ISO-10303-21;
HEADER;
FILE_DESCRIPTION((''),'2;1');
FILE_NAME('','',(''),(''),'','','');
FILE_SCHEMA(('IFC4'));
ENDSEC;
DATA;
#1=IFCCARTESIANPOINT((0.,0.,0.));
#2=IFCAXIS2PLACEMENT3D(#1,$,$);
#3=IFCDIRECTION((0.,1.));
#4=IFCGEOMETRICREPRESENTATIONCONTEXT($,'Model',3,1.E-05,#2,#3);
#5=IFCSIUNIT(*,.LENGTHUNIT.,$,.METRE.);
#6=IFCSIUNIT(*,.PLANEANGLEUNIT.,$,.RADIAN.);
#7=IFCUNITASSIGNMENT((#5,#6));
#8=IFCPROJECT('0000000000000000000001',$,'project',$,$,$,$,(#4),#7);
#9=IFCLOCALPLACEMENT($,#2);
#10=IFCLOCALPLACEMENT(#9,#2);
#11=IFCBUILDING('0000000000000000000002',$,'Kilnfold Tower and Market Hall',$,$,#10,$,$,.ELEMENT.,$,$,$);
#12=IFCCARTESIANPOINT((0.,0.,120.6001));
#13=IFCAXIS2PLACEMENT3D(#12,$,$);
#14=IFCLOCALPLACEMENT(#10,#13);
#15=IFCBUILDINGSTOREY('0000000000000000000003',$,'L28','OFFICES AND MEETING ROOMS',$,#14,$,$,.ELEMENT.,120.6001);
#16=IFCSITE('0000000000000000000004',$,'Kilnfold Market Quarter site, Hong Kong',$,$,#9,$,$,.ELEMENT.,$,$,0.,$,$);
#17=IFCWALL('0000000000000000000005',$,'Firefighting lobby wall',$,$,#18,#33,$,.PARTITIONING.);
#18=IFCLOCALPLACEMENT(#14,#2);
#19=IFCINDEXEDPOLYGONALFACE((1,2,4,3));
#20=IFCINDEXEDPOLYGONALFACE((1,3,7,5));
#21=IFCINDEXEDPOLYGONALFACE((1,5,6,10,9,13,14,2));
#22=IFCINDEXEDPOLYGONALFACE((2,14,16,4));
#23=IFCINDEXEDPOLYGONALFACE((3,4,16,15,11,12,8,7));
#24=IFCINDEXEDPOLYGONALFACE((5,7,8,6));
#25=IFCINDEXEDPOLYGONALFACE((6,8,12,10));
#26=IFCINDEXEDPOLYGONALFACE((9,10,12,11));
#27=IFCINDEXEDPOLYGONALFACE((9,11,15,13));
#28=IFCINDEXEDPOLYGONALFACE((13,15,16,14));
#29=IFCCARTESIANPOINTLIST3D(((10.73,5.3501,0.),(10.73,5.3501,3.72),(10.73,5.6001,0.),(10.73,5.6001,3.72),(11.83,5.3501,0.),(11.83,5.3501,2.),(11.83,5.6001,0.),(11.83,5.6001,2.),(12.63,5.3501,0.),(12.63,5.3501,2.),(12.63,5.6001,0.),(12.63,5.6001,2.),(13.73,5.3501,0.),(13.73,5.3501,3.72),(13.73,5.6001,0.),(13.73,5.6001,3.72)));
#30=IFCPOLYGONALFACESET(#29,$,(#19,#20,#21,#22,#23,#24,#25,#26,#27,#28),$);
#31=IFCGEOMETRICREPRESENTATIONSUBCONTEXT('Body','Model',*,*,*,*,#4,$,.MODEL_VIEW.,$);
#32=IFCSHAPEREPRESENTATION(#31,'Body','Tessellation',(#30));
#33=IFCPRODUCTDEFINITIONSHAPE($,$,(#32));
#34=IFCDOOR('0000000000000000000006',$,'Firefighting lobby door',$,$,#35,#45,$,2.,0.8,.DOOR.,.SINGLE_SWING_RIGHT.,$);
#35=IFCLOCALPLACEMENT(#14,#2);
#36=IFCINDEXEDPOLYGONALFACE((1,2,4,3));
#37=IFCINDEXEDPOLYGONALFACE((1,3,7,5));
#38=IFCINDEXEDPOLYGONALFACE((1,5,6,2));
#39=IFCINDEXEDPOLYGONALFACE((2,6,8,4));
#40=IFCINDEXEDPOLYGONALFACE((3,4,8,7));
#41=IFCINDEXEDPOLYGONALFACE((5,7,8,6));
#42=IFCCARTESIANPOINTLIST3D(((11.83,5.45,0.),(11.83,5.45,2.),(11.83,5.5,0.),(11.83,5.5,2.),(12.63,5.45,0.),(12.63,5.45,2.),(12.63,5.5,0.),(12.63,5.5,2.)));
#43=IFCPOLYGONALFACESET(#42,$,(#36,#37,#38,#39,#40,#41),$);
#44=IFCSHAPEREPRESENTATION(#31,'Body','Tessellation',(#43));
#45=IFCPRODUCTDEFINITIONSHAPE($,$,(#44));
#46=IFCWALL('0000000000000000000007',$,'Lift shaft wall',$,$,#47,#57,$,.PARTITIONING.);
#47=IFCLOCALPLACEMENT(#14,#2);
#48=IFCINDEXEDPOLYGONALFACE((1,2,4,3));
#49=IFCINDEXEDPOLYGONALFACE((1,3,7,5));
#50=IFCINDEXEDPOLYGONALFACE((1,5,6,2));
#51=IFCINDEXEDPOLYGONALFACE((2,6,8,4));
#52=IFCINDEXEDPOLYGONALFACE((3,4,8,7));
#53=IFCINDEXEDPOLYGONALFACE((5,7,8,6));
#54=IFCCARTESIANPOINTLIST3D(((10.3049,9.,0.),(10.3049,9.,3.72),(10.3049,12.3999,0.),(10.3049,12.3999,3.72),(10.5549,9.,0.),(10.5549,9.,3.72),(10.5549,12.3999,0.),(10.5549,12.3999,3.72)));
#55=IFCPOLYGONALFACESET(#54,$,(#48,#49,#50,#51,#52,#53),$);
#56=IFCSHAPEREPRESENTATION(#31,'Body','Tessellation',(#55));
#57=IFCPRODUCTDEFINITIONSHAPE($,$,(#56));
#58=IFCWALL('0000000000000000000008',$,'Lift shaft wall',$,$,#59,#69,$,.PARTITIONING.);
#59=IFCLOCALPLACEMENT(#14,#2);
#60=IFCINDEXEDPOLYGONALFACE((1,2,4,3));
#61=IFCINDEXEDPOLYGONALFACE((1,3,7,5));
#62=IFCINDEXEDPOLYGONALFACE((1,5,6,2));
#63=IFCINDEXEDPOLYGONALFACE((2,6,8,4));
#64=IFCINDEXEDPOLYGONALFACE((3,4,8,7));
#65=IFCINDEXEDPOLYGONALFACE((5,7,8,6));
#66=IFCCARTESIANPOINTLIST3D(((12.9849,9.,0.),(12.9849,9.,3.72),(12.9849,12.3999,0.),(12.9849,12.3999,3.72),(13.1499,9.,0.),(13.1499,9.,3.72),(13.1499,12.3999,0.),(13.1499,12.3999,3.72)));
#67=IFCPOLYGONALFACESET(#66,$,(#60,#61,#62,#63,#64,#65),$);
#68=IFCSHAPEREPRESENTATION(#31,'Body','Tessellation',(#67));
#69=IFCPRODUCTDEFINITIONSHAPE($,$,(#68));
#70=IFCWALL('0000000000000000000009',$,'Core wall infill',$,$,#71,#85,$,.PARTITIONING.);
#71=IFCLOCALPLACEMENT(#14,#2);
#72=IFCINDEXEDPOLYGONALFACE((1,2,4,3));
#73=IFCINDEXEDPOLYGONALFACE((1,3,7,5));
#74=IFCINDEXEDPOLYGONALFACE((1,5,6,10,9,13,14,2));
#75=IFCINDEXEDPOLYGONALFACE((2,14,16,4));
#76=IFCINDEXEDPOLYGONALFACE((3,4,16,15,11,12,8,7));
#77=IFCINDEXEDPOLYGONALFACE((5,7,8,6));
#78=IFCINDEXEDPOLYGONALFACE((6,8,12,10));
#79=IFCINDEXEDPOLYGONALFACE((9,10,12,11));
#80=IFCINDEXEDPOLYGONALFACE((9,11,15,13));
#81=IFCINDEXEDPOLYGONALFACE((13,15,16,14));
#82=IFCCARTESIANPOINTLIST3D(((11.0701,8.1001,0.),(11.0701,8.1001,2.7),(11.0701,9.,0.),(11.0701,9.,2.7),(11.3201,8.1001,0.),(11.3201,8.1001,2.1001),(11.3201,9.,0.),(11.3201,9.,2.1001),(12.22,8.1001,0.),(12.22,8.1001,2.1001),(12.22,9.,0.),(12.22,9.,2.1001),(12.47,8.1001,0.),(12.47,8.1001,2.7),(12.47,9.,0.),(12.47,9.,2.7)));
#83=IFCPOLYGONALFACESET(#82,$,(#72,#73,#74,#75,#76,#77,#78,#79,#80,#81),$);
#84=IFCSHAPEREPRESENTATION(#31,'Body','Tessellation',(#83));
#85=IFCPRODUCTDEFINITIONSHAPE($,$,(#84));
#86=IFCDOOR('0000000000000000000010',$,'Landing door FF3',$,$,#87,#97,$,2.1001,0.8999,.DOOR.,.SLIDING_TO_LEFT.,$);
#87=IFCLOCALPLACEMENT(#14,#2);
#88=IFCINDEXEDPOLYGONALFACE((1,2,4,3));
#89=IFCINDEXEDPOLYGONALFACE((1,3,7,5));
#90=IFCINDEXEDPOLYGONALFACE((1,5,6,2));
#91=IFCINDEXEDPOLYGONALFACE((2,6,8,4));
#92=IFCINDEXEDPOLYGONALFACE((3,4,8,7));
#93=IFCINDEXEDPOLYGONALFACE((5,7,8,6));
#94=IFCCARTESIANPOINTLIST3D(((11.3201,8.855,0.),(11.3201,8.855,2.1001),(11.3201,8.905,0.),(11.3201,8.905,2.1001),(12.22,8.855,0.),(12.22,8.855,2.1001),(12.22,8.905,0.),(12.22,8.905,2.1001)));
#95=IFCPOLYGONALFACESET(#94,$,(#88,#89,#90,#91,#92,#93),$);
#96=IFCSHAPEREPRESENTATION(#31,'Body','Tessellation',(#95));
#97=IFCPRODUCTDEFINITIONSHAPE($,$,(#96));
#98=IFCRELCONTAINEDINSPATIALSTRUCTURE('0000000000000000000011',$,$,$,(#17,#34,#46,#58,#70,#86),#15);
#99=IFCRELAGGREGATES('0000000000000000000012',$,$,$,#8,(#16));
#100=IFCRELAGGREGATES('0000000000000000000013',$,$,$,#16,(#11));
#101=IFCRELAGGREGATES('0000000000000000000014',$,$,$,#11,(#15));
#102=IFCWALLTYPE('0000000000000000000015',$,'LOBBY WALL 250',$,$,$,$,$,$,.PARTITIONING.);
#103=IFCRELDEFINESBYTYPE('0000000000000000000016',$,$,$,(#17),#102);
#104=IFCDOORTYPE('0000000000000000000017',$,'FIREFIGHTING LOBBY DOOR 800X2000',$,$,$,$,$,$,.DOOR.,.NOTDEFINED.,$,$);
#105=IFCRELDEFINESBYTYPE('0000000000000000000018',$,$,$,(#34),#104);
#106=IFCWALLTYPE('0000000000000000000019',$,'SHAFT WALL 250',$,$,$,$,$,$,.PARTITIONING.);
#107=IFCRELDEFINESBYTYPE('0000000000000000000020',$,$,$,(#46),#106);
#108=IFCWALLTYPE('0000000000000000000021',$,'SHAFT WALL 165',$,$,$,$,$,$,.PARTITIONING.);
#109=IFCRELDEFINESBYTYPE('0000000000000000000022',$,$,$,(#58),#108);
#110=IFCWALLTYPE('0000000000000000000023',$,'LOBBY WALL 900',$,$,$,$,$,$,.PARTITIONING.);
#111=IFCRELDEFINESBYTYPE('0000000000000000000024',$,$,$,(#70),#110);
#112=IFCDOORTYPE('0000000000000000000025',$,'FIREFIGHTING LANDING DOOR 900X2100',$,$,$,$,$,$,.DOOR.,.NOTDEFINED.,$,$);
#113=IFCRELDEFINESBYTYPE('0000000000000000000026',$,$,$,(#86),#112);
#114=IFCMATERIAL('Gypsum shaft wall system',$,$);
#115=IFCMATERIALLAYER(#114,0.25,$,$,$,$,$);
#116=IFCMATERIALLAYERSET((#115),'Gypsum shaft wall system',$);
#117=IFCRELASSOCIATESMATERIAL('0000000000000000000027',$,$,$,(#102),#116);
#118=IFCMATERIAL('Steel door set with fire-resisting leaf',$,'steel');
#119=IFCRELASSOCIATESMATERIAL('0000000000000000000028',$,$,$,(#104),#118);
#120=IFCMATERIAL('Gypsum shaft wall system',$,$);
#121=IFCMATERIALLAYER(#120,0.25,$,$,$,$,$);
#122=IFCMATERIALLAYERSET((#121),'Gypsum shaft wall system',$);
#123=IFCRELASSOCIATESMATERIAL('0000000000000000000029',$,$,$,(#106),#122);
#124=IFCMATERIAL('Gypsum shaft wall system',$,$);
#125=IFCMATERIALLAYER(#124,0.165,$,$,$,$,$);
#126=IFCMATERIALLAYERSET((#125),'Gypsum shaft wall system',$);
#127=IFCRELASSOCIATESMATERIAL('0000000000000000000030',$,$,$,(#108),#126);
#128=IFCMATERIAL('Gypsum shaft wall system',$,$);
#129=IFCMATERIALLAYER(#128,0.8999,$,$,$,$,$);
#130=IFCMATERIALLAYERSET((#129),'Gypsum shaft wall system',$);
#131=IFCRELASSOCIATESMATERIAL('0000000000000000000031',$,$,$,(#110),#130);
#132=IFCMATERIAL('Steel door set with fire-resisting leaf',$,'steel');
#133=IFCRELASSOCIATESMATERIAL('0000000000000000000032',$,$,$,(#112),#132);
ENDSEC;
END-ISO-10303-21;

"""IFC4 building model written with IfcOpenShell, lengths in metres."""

from ifc_helpers import new_model, si_unit, direction, frame, frame_2d, origin, place, context, subcontext, project, spatial, rectangle, extrude, source, transform, mapped, material, layer, layer_set, type_object, element, fill, save


model = new_model("IFC4")

# Units and contexts
model_context = context("Model", 3, precision=1e-05, world=origin(), true_north=direction((0.0, 1.0)))
body_context = subcontext(model_context, "Body", "Model", "MODEL_VIEW")
ifc_project = project(units=[si_unit("LENGTHUNIT", "METRE"), si_unit("PLANEANGLEUNIT", "RADIAN")], contexts=[model_context])

# Site, building, storey
site_placement = place(None, origin())
site = spatial("IfcSite", under=ifc_project, at=site_placement, Name="Kilnfold Market Quarter site, Hong Kong", CompositionType="ELEMENT", RefElevation=0.0)
building_placement = place(site_placement, origin())
building = spatial("IfcBuilding", under=site, at=building_placement, Name="Kilnfold Tower and Market Hall", CompositionType="ELEMENT")
storey_placement = place(building_placement, frame((0.0, 0.0, 120.6001)))
storey = spatial("IfcBuildingStorey", under=building, at=storey_placement, Name="L28", Description="OFFICES AND MEETING ROOMS", CompositionType="ELEMENT", Elevation=120.6001)

# Shared definitions
ifc_material_1 = material(Name="Gypsum shaft wall system")
ifc_layer_1 = layer(ifc_material_1, 0.25)
ifc_layer_set_1 = layer_set([ifc_layer_1], Name="Gypsum shaft wall system")
wall_type_1 = type_object("IfcWallType", Name="LOBBY WALL 250", PredefinedType="PARTITIONING", material=ifc_layer_set_1)

# Wall, opening, door
shared_shape_1 = source(origin(), body_context, "Body", "SweptSolid", [
    extrude(rectangle(XDim=3.0, YDim=0.25, at=frame_2d((1.5, 0.0))), origin(), (0.0, 0.0, 1.0), 3.72),
])
wall_1_placement = place(storey_placement, frame((10.73, 5.4751, 0.0), z_axis=(0.0, 0.0, 1.0), x_axis=(1.0, 0.0, 0.0)))
wall_1 = element("IfcWall", 1, at=wall_1_placement, inside=storey, type_object=wall_type_1, Name="Firefighting lobby wall", PredefinedType="PARTITIONING", context=body_context, shape_type="MappedRepresentation", body=[
    mapped(shared_shape_1, transform((0.0, 0.0, 0.0))),
])
opening_1_placement = place(wall_1_placement, frame((1.1001, 0.0, 0.0)))
opening_1 = element("IfcOpeningElement", 2, at=opening_1_placement, cuts=wall_1, PredefinedType="OPENING", context=body_context, shape_type="SweptSolid", body=[
    extrude(rectangle(XDim=0.8, YDim=2.0, at=frame_2d((0.3999, 1.0))), frame((0.0, 0.135, 0.0), z_axis=(0.0, -1.0, 0.0), x_axis=(1.0, 0.0, 0.0)), (0.0, 0.0, 1.0), 0.27),
])
ifc_material_2 = material(Name="Steel door set with fire-resisting leaf", Category="steel")
door_type_1 = type_object("IfcDoorType", Name="FIREFIGHTING LOBBY DOOR 800X2000", OperationType="NOTDEFINED", PredefinedType="DOOR", material=ifc_material_2)
door_1_placement = place(opening_1_placement, origin())
door_1 = element("IfcDoor", 3, at=door_1_placement, inside=storey, type_object=door_type_1, Name="Firefighting lobby door", OperationType="SINGLE_SWING_RIGHT", OverallHeight=2.0, OverallWidth=0.8, PredefinedType="DOOR", context=body_context, shape_type="SweptSolid", body=[
    extrude(rectangle(XDim=0.8, YDim=2.0, at=frame_2d((0.3999, 1.0))), frame((0.0, 0.0249, 0.0), z_axis=(0.0, -1.0, 0.0), x_axis=(1.0, 0.0, 0.0)), (0.0, 0.0, 1.0), 0.05),
])
fill(opening_1, door_1)

# Walls
ifc_material_3 = material(Name="Gypsum shaft wall system")
ifc_layer_2 = layer(ifc_material_3, 0.25)
ifc_layer_set_2 = layer_set([ifc_layer_2], Name="Gypsum shaft wall system")
wall_type_2 = type_object("IfcWallType", Name="SHAFT WALL 250", PredefinedType="PARTITIONING", material=ifc_layer_set_2)
shared_shape_2 = source(origin(), body_context, "Body", "SweptSolid", [
    extrude(rectangle(XDim=3.3999, YDim=0.25, at=frame_2d((1.7, 0.0))), origin(), (0.0, 0.0, 1.0), 3.72),
])
wall_2_placement = place(storey_placement, frame((10.4299, 9.0, 0.0), z_axis=(0.0, 0.0, 1.0), x_axis=(0.0, 1.0, 0.0)))
element("IfcWall", 4, at=wall_2_placement, inside=storey, type_object=wall_type_2, Name="Lift shaft wall", PredefinedType="PARTITIONING", context=body_context, shape_type="MappedRepresentation", body=[
    mapped(shared_shape_2, transform((0.0, 0.0, 0.0))),
])
ifc_material_4 = material(Name="Gypsum shaft wall system")
ifc_layer_3 = layer(ifc_material_4, 0.165)
ifc_layer_set_3 = layer_set([ifc_layer_3], Name="Gypsum shaft wall system")
wall_type_3 = type_object("IfcWallType", Name="SHAFT WALL 165", PredefinedType="PARTITIONING", material=ifc_layer_set_3)
shared_shape_3 = source(origin(), body_context, "Body", "SweptSolid", [
    extrude(rectangle(XDim=3.3999, YDim=0.165, at=frame_2d((1.7, 0.0))), origin(), (0.0, 0.0, 1.0), 3.72),
])
wall_3_placement = place(storey_placement, frame((13.0674, 9.0, 0.0), z_axis=(0.0, 0.0, 1.0), x_axis=(0.0, 1.0, 0.0)))
element("IfcWall", 5, at=wall_3_placement, inside=storey, type_object=wall_type_3, Name="Lift shaft wall", PredefinedType="PARTITIONING", context=body_context, shape_type="MappedRepresentation", body=[
    mapped(shared_shape_3, transform((0.0, 0.0, 0.0))),
])

# Wall, opening, door
ifc_material_5 = material(Name="Gypsum shaft wall system")
ifc_layer_4 = layer(ifc_material_5, 0.8999)
ifc_layer_set_4 = layer_set([ifc_layer_4], Name="Gypsum shaft wall system")
wall_type_4 = type_object("IfcWallType", Name="LOBBY WALL 900", PredefinedType="PARTITIONING", material=ifc_layer_set_4)
shared_shape_4 = source(origin(), body_context, "Body", "SweptSolid", [
    extrude(rectangle(XDim=1.3999, YDim=0.8999, at=frame_2d((0.7, 0.0))), origin(), (0.0, 0.0, 1.0), 2.7),
])
wall_4_placement = place(storey_placement, frame((11.0701, 8.55, 0.0), z_axis=(0.0, 0.0, 1.0), x_axis=(1.0, 0.0, 0.0)))
wall_4 = element("IfcWall", 6, at=wall_4_placement, inside=storey, type_object=wall_type_4, Name="Core wall infill", PredefinedType="PARTITIONING", context=body_context, shape_type="MappedRepresentation", body=[
    mapped(shared_shape_4, transform((0.0, 0.0, 0.0))),
])
opening_2_placement = place(wall_4_placement, frame((0.25, 0.0, 0.0)))
opening_2 = element("IfcOpeningElement", 7, at=opening_2_placement, cuts=wall_4, PredefinedType="OPENING", context=body_context, shape_type="SweptSolid", body=[
    extrude(rectangle(XDim=0.8999, YDim=2.1001, at=frame_2d((0.45, 1.05))), frame((0.0, 0.46, 0.0), z_axis=(0.0, -1.0, 0.0), x_axis=(1.0, 0.0, 0.0)), (0.0, 0.0, 1.0), 0.9199),
])
ifc_material_6 = material(Name="Steel door set with fire-resisting leaf", Category="steel")
door_type_2 = type_object("IfcDoorType", Name="FIREFIGHTING LANDING DOOR 900X2100", OperationType="NOTDEFINED", PredefinedType="DOOR", material=ifc_material_6)
door_2_placement = place(opening_2_placement, origin())
door_2 = element("IfcDoor", 8, at=door_2_placement, inside=storey, type_object=door_type_2, Name="Landing door FF3", OperationType="SLIDING_TO_LEFT", OverallHeight=2.1001, OverallWidth=0.8999, PredefinedType="DOOR", context=body_context, shape_type="SweptSolid", body=[
    extrude(rectangle(XDim=0.8999, YDim=2.1001, at=frame_2d((0.45, 1.05))), frame((0.0, 0.355, 0.0), z_axis=(0.0, -1.0, 0.0), x_axis=(1.0, 0.0, 0.0)), (0.0, 0.0, 1.0), 0.05),
])
fill(opening_2, door_2)

save(model, "model.ifc")
